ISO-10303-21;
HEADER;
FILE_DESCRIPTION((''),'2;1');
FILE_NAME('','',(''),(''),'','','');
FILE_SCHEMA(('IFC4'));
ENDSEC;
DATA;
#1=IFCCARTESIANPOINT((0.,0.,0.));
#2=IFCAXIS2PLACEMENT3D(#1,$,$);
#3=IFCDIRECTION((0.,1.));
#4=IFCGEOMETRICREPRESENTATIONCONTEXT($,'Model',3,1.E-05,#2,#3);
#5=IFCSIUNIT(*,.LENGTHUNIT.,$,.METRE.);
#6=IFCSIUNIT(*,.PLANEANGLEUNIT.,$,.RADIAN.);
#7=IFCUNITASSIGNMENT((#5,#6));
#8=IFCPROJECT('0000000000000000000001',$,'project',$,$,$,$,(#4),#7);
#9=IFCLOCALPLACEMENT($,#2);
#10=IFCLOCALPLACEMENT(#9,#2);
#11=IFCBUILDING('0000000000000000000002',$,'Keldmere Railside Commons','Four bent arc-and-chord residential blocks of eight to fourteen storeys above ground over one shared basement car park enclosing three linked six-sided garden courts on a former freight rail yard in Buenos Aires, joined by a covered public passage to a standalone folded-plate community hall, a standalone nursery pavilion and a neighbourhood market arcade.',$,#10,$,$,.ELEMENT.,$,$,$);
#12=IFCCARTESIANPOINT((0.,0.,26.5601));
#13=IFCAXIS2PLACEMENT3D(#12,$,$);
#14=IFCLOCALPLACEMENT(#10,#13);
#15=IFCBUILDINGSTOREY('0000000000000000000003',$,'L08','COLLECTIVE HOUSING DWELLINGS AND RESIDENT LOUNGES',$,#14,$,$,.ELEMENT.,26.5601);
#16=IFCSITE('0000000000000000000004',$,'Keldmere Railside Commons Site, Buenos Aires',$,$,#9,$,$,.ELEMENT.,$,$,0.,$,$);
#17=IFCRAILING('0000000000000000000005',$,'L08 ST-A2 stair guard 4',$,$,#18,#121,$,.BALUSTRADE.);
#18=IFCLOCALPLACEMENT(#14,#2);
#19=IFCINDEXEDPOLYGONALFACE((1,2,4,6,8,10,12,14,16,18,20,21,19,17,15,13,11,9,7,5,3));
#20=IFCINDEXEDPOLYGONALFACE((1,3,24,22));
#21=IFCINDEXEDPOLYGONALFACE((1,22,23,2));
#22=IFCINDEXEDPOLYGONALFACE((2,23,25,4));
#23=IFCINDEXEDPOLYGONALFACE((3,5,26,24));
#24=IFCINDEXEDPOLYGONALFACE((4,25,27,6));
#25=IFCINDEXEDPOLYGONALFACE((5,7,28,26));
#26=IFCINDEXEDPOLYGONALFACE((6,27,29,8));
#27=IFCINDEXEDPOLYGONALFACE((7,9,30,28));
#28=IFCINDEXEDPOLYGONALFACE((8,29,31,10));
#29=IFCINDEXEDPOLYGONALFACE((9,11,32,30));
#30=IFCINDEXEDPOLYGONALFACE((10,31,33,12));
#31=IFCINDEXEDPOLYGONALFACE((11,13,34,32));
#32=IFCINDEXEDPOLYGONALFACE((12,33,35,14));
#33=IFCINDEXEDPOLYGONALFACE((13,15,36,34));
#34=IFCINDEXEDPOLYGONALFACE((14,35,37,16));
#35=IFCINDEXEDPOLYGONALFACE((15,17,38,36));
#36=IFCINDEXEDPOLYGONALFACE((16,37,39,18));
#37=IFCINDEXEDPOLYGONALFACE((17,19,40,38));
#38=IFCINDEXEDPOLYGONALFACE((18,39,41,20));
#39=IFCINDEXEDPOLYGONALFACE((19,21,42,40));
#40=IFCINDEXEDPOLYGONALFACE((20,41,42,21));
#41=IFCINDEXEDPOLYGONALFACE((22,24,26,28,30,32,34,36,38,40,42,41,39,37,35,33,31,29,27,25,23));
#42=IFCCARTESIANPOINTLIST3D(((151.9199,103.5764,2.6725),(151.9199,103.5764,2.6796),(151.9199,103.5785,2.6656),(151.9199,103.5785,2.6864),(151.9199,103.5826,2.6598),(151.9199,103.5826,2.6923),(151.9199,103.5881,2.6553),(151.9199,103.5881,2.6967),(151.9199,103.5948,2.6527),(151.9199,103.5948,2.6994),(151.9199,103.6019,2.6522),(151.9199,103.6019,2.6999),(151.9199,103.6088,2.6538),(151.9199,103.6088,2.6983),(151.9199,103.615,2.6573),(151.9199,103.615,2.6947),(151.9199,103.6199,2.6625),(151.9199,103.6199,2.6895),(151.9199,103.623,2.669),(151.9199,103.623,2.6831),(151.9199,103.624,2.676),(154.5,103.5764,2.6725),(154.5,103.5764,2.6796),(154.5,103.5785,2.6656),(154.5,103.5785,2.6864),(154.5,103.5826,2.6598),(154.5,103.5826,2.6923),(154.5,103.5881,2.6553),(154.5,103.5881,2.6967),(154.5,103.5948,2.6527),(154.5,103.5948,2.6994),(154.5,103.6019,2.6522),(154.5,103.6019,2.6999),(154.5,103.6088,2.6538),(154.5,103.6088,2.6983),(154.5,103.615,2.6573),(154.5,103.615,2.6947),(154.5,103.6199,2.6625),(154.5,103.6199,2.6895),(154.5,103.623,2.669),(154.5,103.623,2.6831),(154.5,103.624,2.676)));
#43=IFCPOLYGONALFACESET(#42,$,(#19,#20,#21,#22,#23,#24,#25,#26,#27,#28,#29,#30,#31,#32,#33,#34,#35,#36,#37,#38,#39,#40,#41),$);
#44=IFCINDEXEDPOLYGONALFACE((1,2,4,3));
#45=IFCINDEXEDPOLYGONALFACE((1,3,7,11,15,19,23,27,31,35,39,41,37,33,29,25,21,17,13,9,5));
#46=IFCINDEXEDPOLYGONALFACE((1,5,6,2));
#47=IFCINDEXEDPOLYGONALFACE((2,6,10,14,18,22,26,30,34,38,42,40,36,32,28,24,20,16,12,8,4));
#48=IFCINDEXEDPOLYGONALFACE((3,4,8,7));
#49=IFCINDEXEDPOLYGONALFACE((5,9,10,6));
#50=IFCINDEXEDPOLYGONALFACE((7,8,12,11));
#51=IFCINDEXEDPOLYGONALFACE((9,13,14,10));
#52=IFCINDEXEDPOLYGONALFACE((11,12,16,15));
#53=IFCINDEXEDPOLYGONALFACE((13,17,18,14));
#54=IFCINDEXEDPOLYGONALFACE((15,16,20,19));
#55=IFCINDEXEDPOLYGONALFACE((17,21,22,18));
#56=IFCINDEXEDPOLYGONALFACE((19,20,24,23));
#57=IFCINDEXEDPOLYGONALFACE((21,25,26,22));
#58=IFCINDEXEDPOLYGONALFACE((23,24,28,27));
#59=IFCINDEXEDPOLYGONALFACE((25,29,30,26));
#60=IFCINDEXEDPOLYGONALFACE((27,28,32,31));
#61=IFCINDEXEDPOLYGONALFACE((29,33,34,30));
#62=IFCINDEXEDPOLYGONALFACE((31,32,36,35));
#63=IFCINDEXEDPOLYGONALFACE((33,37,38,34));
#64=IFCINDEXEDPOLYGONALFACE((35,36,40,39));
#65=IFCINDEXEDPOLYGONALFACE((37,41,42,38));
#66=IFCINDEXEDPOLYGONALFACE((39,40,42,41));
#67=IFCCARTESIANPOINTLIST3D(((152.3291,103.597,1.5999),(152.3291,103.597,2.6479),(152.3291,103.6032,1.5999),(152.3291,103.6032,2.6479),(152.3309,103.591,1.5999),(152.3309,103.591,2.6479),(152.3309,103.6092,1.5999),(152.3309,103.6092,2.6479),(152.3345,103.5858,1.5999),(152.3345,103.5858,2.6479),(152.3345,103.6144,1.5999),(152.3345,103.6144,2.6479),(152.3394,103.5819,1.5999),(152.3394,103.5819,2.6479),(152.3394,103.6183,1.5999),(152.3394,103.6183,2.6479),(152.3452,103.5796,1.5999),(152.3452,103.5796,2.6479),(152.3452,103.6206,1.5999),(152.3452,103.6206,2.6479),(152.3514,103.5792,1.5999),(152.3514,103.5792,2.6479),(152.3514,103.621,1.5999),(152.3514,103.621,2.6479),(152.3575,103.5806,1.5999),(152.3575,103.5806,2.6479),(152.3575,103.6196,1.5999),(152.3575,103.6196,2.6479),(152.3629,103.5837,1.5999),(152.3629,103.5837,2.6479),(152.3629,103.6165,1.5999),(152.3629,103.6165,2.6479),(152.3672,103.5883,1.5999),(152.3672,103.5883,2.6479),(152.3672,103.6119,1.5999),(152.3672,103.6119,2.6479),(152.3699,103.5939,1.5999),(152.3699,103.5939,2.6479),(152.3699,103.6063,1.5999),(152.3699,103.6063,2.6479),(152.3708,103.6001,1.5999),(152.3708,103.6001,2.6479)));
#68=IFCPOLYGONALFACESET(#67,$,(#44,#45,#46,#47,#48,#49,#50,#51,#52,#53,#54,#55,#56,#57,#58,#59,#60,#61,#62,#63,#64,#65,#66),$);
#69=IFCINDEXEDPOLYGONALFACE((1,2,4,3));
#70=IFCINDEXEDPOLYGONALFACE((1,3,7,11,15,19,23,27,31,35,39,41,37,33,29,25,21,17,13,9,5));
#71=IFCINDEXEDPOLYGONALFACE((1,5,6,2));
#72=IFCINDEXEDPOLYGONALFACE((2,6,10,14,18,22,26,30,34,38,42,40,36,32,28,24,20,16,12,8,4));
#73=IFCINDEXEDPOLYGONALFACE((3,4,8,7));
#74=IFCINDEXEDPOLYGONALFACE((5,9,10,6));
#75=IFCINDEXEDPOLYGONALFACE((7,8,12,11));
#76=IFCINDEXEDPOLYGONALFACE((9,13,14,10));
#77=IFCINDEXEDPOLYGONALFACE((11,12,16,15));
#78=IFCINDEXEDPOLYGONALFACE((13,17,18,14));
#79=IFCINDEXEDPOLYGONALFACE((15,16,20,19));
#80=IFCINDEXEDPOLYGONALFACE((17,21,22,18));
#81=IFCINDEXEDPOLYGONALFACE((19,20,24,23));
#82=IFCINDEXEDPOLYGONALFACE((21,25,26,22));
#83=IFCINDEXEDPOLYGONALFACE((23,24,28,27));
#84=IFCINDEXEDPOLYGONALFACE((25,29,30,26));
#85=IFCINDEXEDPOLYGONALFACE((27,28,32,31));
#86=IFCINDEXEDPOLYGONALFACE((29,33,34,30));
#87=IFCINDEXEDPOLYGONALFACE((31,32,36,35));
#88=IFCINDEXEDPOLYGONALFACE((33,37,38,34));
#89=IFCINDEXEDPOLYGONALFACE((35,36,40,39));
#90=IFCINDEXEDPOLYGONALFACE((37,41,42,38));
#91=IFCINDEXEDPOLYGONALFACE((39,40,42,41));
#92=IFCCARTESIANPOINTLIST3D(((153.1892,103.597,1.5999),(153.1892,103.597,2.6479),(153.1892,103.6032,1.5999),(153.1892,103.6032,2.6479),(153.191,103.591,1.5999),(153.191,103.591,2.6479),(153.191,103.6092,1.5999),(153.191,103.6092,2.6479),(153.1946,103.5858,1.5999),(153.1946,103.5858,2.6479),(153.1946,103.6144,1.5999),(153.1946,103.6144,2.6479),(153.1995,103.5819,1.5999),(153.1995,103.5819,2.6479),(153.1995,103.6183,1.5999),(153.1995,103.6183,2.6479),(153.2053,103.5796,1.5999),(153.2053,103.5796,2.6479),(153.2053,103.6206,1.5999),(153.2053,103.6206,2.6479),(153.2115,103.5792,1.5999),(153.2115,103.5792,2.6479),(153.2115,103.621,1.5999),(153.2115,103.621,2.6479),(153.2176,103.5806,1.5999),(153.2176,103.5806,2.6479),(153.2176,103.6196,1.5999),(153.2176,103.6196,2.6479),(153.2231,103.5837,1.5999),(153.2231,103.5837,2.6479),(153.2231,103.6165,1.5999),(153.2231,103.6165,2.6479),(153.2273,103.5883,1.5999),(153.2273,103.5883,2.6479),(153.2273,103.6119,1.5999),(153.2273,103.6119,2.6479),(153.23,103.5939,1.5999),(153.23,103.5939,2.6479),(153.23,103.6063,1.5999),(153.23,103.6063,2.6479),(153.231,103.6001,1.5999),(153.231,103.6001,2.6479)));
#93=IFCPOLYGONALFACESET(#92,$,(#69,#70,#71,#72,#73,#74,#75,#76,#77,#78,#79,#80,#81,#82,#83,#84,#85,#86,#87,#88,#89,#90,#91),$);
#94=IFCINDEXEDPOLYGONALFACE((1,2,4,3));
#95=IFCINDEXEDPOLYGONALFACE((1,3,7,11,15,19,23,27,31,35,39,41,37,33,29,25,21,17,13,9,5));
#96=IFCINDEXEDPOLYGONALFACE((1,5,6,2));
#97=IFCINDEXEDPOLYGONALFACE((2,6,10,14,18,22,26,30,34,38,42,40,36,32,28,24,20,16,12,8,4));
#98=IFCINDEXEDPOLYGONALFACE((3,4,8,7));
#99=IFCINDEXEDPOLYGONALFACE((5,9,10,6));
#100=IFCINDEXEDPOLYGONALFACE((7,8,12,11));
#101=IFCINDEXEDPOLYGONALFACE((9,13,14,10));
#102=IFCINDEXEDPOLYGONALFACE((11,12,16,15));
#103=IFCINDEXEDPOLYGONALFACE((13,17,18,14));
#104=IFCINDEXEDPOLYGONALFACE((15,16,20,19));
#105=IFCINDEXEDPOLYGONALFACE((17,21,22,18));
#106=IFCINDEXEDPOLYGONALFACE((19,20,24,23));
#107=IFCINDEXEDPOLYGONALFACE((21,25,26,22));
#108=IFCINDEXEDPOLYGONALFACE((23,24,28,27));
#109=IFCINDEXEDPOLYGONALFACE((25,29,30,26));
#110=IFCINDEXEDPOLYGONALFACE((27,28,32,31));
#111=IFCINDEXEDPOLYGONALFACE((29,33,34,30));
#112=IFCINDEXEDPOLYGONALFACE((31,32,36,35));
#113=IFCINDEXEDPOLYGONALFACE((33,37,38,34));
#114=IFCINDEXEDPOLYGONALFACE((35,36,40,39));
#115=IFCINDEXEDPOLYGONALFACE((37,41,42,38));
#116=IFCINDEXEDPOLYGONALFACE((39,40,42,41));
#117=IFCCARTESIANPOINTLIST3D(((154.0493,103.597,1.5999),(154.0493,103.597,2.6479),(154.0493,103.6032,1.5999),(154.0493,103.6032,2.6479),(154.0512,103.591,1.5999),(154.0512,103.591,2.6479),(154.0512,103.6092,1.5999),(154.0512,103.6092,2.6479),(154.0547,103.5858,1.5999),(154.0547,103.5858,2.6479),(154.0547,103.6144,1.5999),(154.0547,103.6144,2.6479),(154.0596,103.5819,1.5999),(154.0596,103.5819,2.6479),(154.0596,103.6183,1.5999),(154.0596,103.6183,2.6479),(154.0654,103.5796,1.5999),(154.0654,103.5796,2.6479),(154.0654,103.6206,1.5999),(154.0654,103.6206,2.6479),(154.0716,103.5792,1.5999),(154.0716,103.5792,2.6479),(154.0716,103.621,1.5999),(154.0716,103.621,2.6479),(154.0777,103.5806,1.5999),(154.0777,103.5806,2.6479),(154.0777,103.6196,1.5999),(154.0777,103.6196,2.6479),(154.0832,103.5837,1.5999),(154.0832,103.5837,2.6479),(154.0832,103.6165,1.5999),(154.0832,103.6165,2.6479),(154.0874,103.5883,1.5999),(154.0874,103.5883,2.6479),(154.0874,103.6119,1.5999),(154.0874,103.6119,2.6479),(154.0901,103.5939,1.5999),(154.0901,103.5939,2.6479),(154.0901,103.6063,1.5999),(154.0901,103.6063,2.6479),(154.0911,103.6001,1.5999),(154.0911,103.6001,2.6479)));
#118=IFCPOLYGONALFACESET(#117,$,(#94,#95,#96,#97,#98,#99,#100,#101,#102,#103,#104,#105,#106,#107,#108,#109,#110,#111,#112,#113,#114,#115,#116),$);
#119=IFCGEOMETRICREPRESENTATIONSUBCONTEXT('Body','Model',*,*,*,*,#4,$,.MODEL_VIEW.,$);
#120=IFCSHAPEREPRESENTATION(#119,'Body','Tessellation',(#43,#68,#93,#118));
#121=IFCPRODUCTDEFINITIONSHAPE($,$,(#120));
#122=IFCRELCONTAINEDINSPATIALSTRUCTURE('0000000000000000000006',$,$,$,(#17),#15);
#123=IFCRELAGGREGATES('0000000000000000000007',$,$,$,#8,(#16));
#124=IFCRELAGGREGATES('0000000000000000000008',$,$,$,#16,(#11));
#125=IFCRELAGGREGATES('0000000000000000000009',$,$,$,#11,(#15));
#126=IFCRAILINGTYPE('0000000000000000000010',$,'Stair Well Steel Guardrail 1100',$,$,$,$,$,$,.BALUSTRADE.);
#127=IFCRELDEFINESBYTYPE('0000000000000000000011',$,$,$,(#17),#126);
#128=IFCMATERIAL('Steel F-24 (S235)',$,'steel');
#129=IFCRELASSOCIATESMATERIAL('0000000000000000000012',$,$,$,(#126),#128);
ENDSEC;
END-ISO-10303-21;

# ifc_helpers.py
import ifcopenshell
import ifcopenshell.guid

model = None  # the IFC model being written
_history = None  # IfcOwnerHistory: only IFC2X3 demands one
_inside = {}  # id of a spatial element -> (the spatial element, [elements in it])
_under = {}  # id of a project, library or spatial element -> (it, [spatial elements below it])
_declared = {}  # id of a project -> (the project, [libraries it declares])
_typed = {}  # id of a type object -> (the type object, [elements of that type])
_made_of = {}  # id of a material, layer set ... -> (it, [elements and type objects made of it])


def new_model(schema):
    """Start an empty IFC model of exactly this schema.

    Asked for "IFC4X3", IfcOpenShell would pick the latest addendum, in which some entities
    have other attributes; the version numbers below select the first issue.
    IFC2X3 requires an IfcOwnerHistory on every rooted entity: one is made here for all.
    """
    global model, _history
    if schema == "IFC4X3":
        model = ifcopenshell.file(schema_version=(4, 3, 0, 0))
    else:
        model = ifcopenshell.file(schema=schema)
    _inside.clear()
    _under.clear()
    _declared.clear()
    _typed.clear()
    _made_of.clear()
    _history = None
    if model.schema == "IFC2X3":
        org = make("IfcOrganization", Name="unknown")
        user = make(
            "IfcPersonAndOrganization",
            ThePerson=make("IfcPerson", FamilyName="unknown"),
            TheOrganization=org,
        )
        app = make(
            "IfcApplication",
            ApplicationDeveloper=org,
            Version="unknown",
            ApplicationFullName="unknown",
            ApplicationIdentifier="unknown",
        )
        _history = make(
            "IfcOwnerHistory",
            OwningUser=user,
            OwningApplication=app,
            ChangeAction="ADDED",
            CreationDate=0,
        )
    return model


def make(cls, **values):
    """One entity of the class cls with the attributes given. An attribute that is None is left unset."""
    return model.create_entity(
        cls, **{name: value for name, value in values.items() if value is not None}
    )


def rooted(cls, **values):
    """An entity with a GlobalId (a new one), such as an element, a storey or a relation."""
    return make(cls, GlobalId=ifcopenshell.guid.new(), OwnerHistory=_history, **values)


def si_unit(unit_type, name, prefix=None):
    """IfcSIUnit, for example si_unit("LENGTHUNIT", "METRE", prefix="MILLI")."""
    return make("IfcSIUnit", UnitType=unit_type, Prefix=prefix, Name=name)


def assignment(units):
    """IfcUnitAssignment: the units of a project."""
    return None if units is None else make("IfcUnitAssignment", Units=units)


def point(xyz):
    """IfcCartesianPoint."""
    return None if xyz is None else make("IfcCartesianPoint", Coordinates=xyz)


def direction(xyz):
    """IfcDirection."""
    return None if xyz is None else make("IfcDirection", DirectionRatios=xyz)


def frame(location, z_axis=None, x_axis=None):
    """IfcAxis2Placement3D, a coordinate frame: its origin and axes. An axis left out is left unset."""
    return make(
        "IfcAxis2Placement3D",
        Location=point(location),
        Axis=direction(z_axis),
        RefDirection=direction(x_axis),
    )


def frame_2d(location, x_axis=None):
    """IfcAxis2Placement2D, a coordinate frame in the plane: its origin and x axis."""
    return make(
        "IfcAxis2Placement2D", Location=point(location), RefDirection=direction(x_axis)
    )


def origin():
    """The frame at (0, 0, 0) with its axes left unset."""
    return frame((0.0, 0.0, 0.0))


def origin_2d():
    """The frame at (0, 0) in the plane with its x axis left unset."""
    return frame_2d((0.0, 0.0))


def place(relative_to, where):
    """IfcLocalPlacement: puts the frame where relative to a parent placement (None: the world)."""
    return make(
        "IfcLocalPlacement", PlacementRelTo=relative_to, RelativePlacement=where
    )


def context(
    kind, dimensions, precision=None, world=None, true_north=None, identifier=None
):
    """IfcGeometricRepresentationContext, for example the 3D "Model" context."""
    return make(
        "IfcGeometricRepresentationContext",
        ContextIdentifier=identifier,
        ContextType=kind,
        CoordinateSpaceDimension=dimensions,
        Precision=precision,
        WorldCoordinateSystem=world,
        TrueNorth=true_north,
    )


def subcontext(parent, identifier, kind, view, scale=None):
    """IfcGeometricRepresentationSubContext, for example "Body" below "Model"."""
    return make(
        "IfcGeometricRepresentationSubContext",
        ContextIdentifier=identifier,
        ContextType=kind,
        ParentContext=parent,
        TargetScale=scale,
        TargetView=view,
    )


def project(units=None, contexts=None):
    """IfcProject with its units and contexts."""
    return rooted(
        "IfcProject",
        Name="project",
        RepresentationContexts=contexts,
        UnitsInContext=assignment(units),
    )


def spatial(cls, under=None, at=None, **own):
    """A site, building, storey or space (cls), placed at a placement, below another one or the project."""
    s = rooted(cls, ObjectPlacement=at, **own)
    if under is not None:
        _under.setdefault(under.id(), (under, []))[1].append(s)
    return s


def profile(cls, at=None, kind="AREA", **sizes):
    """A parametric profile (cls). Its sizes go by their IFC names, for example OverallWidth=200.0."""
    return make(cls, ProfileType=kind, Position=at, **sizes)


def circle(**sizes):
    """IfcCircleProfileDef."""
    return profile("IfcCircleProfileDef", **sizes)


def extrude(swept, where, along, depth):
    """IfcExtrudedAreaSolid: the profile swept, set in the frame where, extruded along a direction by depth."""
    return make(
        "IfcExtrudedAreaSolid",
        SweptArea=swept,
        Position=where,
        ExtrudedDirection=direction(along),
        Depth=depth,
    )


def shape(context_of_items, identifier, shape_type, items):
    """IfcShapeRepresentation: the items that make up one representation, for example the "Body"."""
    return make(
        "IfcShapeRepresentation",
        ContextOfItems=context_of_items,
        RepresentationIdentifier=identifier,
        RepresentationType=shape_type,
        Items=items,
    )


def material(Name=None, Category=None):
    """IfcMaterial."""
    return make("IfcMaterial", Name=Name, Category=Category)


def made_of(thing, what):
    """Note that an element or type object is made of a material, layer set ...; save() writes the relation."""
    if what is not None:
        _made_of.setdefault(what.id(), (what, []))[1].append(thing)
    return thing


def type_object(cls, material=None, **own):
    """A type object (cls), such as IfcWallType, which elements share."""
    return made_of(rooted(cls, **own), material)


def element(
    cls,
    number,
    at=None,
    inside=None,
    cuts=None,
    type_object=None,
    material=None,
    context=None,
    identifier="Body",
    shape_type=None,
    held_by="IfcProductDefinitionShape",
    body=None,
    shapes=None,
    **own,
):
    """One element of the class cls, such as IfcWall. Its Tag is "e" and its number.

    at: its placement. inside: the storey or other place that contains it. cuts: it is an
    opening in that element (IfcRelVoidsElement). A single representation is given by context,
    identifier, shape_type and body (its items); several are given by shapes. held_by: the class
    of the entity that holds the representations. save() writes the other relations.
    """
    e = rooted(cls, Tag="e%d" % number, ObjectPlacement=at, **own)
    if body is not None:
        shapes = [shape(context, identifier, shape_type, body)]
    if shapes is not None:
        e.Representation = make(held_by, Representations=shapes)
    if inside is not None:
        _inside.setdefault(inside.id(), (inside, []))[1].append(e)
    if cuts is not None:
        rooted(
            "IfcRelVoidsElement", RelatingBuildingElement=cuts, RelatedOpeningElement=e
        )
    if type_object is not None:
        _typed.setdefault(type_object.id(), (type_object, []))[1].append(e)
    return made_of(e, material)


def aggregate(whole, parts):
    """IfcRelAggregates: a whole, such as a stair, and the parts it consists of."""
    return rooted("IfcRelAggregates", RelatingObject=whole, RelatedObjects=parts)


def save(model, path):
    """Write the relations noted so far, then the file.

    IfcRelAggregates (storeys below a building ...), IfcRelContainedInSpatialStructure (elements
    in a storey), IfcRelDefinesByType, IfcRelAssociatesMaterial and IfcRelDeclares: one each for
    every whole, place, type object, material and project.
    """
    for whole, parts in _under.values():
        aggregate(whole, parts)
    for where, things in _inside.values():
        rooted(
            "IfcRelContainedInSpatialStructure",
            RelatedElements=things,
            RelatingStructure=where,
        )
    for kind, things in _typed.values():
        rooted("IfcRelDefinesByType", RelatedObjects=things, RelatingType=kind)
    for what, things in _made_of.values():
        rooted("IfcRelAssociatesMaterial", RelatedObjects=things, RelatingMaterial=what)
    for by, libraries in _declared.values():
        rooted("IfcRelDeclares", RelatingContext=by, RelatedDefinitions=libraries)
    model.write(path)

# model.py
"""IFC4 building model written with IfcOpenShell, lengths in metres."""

from ifc_helpers import new_model, si_unit, direction, frame, origin, origin_2d, place, context, subcontext, project, spatial, circle, extrude, material, type_object, element, save


model = new_model("IFC4")

# Units and contexts
model_context = context("Model", 3, precision=1e-05, world=origin(), true_north=direction((0.0, 1.0)))
body_context = subcontext(model_context, "Body", "Model", "MODEL_VIEW")
ifc_project = project(units=[si_unit("LENGTHUNIT", "METRE"), si_unit("PLANEANGLEUNIT", "RADIAN")], contexts=[model_context])

# Site, building, storey
site_placement = place(None, origin())
site = spatial("IfcSite", under=ifc_project, at=site_placement, Name="Keldmere Railside Commons Site, Buenos Aires", CompositionType="ELEMENT", RefElevation=0.0)
building_placement = place(site_placement, origin())
building = spatial("IfcBuilding", under=site, at=building_placement, Name="Keldmere Railside Commons", Description="Four bent arc-and-chord residential blocks of eight to fourteen storeys above ground over one shared basement car park enclosing three linked six-sided garden courts on a former freight rail yard in Buenos Aires, joined by a covered public passage to a standalone folded-plate community hall, a standalone nursery pavilion and a neighbourhood market arcade.", CompositionType="ELEMENT")
storey_placement = place(building_placement, frame((0.0, 0.0, 26.5601)))
storey = spatial("IfcBuildingStorey", under=building, at=storey_placement, Name="L08", Description="COLLECTIVE HOUSING DWELLINGS AND RESIDENT LOUNGES", CompositionType="ELEMENT", Elevation=26.5601)

# Shared definitions
ifc_material_1 = material(Name="Steel F-24 (S235)", Category="steel")

# Railing
railing_type_1 = type_object("IfcRailingType", Name="Stair Well Steel Guardrail 1100", PredefinedType="BALUSTRADE", material=ifc_material_1)
railing_1_placement = place(storey_placement, frame((151.9199, 103.6001, 1.5999)))
element("IfcRailing", 1, at=railing_1_placement, inside=storey, type_object=railing_type_1, Name="L08 ST-A2 stair guard 4", PredefinedType="BALUSTRADE", context=body_context, shape_type="SweptSolid", body=[
    extrude(circle(Radius=0.0239, at=origin_2d()), frame((0.0, 0.0, 1.0762), z_axis=(1.0, 0.0, 0.0), x_axis=(0.0, 1.0, 0.0)), (0.0, 0.0, 1.0), 2.5801),
    extrude(circle(Radius=0.021, at=origin_2d()), frame((0.4299, 0.0, 0.0)), (0.0, 0.0, 1.0), 1.0481),
    extrude(circle(Radius=0.021, at=origin_2d()), frame((1.29, 0.0, 0.0)), (0.0, 0.0, 1.0), 1.0481),
    extrude(circle(Radius=0.021, at=origin_2d()), frame((2.1501, 0.0, 0.0)), (0.0, 0.0, 1.0), 1.0481),
])

save(model, "model.ifc")
